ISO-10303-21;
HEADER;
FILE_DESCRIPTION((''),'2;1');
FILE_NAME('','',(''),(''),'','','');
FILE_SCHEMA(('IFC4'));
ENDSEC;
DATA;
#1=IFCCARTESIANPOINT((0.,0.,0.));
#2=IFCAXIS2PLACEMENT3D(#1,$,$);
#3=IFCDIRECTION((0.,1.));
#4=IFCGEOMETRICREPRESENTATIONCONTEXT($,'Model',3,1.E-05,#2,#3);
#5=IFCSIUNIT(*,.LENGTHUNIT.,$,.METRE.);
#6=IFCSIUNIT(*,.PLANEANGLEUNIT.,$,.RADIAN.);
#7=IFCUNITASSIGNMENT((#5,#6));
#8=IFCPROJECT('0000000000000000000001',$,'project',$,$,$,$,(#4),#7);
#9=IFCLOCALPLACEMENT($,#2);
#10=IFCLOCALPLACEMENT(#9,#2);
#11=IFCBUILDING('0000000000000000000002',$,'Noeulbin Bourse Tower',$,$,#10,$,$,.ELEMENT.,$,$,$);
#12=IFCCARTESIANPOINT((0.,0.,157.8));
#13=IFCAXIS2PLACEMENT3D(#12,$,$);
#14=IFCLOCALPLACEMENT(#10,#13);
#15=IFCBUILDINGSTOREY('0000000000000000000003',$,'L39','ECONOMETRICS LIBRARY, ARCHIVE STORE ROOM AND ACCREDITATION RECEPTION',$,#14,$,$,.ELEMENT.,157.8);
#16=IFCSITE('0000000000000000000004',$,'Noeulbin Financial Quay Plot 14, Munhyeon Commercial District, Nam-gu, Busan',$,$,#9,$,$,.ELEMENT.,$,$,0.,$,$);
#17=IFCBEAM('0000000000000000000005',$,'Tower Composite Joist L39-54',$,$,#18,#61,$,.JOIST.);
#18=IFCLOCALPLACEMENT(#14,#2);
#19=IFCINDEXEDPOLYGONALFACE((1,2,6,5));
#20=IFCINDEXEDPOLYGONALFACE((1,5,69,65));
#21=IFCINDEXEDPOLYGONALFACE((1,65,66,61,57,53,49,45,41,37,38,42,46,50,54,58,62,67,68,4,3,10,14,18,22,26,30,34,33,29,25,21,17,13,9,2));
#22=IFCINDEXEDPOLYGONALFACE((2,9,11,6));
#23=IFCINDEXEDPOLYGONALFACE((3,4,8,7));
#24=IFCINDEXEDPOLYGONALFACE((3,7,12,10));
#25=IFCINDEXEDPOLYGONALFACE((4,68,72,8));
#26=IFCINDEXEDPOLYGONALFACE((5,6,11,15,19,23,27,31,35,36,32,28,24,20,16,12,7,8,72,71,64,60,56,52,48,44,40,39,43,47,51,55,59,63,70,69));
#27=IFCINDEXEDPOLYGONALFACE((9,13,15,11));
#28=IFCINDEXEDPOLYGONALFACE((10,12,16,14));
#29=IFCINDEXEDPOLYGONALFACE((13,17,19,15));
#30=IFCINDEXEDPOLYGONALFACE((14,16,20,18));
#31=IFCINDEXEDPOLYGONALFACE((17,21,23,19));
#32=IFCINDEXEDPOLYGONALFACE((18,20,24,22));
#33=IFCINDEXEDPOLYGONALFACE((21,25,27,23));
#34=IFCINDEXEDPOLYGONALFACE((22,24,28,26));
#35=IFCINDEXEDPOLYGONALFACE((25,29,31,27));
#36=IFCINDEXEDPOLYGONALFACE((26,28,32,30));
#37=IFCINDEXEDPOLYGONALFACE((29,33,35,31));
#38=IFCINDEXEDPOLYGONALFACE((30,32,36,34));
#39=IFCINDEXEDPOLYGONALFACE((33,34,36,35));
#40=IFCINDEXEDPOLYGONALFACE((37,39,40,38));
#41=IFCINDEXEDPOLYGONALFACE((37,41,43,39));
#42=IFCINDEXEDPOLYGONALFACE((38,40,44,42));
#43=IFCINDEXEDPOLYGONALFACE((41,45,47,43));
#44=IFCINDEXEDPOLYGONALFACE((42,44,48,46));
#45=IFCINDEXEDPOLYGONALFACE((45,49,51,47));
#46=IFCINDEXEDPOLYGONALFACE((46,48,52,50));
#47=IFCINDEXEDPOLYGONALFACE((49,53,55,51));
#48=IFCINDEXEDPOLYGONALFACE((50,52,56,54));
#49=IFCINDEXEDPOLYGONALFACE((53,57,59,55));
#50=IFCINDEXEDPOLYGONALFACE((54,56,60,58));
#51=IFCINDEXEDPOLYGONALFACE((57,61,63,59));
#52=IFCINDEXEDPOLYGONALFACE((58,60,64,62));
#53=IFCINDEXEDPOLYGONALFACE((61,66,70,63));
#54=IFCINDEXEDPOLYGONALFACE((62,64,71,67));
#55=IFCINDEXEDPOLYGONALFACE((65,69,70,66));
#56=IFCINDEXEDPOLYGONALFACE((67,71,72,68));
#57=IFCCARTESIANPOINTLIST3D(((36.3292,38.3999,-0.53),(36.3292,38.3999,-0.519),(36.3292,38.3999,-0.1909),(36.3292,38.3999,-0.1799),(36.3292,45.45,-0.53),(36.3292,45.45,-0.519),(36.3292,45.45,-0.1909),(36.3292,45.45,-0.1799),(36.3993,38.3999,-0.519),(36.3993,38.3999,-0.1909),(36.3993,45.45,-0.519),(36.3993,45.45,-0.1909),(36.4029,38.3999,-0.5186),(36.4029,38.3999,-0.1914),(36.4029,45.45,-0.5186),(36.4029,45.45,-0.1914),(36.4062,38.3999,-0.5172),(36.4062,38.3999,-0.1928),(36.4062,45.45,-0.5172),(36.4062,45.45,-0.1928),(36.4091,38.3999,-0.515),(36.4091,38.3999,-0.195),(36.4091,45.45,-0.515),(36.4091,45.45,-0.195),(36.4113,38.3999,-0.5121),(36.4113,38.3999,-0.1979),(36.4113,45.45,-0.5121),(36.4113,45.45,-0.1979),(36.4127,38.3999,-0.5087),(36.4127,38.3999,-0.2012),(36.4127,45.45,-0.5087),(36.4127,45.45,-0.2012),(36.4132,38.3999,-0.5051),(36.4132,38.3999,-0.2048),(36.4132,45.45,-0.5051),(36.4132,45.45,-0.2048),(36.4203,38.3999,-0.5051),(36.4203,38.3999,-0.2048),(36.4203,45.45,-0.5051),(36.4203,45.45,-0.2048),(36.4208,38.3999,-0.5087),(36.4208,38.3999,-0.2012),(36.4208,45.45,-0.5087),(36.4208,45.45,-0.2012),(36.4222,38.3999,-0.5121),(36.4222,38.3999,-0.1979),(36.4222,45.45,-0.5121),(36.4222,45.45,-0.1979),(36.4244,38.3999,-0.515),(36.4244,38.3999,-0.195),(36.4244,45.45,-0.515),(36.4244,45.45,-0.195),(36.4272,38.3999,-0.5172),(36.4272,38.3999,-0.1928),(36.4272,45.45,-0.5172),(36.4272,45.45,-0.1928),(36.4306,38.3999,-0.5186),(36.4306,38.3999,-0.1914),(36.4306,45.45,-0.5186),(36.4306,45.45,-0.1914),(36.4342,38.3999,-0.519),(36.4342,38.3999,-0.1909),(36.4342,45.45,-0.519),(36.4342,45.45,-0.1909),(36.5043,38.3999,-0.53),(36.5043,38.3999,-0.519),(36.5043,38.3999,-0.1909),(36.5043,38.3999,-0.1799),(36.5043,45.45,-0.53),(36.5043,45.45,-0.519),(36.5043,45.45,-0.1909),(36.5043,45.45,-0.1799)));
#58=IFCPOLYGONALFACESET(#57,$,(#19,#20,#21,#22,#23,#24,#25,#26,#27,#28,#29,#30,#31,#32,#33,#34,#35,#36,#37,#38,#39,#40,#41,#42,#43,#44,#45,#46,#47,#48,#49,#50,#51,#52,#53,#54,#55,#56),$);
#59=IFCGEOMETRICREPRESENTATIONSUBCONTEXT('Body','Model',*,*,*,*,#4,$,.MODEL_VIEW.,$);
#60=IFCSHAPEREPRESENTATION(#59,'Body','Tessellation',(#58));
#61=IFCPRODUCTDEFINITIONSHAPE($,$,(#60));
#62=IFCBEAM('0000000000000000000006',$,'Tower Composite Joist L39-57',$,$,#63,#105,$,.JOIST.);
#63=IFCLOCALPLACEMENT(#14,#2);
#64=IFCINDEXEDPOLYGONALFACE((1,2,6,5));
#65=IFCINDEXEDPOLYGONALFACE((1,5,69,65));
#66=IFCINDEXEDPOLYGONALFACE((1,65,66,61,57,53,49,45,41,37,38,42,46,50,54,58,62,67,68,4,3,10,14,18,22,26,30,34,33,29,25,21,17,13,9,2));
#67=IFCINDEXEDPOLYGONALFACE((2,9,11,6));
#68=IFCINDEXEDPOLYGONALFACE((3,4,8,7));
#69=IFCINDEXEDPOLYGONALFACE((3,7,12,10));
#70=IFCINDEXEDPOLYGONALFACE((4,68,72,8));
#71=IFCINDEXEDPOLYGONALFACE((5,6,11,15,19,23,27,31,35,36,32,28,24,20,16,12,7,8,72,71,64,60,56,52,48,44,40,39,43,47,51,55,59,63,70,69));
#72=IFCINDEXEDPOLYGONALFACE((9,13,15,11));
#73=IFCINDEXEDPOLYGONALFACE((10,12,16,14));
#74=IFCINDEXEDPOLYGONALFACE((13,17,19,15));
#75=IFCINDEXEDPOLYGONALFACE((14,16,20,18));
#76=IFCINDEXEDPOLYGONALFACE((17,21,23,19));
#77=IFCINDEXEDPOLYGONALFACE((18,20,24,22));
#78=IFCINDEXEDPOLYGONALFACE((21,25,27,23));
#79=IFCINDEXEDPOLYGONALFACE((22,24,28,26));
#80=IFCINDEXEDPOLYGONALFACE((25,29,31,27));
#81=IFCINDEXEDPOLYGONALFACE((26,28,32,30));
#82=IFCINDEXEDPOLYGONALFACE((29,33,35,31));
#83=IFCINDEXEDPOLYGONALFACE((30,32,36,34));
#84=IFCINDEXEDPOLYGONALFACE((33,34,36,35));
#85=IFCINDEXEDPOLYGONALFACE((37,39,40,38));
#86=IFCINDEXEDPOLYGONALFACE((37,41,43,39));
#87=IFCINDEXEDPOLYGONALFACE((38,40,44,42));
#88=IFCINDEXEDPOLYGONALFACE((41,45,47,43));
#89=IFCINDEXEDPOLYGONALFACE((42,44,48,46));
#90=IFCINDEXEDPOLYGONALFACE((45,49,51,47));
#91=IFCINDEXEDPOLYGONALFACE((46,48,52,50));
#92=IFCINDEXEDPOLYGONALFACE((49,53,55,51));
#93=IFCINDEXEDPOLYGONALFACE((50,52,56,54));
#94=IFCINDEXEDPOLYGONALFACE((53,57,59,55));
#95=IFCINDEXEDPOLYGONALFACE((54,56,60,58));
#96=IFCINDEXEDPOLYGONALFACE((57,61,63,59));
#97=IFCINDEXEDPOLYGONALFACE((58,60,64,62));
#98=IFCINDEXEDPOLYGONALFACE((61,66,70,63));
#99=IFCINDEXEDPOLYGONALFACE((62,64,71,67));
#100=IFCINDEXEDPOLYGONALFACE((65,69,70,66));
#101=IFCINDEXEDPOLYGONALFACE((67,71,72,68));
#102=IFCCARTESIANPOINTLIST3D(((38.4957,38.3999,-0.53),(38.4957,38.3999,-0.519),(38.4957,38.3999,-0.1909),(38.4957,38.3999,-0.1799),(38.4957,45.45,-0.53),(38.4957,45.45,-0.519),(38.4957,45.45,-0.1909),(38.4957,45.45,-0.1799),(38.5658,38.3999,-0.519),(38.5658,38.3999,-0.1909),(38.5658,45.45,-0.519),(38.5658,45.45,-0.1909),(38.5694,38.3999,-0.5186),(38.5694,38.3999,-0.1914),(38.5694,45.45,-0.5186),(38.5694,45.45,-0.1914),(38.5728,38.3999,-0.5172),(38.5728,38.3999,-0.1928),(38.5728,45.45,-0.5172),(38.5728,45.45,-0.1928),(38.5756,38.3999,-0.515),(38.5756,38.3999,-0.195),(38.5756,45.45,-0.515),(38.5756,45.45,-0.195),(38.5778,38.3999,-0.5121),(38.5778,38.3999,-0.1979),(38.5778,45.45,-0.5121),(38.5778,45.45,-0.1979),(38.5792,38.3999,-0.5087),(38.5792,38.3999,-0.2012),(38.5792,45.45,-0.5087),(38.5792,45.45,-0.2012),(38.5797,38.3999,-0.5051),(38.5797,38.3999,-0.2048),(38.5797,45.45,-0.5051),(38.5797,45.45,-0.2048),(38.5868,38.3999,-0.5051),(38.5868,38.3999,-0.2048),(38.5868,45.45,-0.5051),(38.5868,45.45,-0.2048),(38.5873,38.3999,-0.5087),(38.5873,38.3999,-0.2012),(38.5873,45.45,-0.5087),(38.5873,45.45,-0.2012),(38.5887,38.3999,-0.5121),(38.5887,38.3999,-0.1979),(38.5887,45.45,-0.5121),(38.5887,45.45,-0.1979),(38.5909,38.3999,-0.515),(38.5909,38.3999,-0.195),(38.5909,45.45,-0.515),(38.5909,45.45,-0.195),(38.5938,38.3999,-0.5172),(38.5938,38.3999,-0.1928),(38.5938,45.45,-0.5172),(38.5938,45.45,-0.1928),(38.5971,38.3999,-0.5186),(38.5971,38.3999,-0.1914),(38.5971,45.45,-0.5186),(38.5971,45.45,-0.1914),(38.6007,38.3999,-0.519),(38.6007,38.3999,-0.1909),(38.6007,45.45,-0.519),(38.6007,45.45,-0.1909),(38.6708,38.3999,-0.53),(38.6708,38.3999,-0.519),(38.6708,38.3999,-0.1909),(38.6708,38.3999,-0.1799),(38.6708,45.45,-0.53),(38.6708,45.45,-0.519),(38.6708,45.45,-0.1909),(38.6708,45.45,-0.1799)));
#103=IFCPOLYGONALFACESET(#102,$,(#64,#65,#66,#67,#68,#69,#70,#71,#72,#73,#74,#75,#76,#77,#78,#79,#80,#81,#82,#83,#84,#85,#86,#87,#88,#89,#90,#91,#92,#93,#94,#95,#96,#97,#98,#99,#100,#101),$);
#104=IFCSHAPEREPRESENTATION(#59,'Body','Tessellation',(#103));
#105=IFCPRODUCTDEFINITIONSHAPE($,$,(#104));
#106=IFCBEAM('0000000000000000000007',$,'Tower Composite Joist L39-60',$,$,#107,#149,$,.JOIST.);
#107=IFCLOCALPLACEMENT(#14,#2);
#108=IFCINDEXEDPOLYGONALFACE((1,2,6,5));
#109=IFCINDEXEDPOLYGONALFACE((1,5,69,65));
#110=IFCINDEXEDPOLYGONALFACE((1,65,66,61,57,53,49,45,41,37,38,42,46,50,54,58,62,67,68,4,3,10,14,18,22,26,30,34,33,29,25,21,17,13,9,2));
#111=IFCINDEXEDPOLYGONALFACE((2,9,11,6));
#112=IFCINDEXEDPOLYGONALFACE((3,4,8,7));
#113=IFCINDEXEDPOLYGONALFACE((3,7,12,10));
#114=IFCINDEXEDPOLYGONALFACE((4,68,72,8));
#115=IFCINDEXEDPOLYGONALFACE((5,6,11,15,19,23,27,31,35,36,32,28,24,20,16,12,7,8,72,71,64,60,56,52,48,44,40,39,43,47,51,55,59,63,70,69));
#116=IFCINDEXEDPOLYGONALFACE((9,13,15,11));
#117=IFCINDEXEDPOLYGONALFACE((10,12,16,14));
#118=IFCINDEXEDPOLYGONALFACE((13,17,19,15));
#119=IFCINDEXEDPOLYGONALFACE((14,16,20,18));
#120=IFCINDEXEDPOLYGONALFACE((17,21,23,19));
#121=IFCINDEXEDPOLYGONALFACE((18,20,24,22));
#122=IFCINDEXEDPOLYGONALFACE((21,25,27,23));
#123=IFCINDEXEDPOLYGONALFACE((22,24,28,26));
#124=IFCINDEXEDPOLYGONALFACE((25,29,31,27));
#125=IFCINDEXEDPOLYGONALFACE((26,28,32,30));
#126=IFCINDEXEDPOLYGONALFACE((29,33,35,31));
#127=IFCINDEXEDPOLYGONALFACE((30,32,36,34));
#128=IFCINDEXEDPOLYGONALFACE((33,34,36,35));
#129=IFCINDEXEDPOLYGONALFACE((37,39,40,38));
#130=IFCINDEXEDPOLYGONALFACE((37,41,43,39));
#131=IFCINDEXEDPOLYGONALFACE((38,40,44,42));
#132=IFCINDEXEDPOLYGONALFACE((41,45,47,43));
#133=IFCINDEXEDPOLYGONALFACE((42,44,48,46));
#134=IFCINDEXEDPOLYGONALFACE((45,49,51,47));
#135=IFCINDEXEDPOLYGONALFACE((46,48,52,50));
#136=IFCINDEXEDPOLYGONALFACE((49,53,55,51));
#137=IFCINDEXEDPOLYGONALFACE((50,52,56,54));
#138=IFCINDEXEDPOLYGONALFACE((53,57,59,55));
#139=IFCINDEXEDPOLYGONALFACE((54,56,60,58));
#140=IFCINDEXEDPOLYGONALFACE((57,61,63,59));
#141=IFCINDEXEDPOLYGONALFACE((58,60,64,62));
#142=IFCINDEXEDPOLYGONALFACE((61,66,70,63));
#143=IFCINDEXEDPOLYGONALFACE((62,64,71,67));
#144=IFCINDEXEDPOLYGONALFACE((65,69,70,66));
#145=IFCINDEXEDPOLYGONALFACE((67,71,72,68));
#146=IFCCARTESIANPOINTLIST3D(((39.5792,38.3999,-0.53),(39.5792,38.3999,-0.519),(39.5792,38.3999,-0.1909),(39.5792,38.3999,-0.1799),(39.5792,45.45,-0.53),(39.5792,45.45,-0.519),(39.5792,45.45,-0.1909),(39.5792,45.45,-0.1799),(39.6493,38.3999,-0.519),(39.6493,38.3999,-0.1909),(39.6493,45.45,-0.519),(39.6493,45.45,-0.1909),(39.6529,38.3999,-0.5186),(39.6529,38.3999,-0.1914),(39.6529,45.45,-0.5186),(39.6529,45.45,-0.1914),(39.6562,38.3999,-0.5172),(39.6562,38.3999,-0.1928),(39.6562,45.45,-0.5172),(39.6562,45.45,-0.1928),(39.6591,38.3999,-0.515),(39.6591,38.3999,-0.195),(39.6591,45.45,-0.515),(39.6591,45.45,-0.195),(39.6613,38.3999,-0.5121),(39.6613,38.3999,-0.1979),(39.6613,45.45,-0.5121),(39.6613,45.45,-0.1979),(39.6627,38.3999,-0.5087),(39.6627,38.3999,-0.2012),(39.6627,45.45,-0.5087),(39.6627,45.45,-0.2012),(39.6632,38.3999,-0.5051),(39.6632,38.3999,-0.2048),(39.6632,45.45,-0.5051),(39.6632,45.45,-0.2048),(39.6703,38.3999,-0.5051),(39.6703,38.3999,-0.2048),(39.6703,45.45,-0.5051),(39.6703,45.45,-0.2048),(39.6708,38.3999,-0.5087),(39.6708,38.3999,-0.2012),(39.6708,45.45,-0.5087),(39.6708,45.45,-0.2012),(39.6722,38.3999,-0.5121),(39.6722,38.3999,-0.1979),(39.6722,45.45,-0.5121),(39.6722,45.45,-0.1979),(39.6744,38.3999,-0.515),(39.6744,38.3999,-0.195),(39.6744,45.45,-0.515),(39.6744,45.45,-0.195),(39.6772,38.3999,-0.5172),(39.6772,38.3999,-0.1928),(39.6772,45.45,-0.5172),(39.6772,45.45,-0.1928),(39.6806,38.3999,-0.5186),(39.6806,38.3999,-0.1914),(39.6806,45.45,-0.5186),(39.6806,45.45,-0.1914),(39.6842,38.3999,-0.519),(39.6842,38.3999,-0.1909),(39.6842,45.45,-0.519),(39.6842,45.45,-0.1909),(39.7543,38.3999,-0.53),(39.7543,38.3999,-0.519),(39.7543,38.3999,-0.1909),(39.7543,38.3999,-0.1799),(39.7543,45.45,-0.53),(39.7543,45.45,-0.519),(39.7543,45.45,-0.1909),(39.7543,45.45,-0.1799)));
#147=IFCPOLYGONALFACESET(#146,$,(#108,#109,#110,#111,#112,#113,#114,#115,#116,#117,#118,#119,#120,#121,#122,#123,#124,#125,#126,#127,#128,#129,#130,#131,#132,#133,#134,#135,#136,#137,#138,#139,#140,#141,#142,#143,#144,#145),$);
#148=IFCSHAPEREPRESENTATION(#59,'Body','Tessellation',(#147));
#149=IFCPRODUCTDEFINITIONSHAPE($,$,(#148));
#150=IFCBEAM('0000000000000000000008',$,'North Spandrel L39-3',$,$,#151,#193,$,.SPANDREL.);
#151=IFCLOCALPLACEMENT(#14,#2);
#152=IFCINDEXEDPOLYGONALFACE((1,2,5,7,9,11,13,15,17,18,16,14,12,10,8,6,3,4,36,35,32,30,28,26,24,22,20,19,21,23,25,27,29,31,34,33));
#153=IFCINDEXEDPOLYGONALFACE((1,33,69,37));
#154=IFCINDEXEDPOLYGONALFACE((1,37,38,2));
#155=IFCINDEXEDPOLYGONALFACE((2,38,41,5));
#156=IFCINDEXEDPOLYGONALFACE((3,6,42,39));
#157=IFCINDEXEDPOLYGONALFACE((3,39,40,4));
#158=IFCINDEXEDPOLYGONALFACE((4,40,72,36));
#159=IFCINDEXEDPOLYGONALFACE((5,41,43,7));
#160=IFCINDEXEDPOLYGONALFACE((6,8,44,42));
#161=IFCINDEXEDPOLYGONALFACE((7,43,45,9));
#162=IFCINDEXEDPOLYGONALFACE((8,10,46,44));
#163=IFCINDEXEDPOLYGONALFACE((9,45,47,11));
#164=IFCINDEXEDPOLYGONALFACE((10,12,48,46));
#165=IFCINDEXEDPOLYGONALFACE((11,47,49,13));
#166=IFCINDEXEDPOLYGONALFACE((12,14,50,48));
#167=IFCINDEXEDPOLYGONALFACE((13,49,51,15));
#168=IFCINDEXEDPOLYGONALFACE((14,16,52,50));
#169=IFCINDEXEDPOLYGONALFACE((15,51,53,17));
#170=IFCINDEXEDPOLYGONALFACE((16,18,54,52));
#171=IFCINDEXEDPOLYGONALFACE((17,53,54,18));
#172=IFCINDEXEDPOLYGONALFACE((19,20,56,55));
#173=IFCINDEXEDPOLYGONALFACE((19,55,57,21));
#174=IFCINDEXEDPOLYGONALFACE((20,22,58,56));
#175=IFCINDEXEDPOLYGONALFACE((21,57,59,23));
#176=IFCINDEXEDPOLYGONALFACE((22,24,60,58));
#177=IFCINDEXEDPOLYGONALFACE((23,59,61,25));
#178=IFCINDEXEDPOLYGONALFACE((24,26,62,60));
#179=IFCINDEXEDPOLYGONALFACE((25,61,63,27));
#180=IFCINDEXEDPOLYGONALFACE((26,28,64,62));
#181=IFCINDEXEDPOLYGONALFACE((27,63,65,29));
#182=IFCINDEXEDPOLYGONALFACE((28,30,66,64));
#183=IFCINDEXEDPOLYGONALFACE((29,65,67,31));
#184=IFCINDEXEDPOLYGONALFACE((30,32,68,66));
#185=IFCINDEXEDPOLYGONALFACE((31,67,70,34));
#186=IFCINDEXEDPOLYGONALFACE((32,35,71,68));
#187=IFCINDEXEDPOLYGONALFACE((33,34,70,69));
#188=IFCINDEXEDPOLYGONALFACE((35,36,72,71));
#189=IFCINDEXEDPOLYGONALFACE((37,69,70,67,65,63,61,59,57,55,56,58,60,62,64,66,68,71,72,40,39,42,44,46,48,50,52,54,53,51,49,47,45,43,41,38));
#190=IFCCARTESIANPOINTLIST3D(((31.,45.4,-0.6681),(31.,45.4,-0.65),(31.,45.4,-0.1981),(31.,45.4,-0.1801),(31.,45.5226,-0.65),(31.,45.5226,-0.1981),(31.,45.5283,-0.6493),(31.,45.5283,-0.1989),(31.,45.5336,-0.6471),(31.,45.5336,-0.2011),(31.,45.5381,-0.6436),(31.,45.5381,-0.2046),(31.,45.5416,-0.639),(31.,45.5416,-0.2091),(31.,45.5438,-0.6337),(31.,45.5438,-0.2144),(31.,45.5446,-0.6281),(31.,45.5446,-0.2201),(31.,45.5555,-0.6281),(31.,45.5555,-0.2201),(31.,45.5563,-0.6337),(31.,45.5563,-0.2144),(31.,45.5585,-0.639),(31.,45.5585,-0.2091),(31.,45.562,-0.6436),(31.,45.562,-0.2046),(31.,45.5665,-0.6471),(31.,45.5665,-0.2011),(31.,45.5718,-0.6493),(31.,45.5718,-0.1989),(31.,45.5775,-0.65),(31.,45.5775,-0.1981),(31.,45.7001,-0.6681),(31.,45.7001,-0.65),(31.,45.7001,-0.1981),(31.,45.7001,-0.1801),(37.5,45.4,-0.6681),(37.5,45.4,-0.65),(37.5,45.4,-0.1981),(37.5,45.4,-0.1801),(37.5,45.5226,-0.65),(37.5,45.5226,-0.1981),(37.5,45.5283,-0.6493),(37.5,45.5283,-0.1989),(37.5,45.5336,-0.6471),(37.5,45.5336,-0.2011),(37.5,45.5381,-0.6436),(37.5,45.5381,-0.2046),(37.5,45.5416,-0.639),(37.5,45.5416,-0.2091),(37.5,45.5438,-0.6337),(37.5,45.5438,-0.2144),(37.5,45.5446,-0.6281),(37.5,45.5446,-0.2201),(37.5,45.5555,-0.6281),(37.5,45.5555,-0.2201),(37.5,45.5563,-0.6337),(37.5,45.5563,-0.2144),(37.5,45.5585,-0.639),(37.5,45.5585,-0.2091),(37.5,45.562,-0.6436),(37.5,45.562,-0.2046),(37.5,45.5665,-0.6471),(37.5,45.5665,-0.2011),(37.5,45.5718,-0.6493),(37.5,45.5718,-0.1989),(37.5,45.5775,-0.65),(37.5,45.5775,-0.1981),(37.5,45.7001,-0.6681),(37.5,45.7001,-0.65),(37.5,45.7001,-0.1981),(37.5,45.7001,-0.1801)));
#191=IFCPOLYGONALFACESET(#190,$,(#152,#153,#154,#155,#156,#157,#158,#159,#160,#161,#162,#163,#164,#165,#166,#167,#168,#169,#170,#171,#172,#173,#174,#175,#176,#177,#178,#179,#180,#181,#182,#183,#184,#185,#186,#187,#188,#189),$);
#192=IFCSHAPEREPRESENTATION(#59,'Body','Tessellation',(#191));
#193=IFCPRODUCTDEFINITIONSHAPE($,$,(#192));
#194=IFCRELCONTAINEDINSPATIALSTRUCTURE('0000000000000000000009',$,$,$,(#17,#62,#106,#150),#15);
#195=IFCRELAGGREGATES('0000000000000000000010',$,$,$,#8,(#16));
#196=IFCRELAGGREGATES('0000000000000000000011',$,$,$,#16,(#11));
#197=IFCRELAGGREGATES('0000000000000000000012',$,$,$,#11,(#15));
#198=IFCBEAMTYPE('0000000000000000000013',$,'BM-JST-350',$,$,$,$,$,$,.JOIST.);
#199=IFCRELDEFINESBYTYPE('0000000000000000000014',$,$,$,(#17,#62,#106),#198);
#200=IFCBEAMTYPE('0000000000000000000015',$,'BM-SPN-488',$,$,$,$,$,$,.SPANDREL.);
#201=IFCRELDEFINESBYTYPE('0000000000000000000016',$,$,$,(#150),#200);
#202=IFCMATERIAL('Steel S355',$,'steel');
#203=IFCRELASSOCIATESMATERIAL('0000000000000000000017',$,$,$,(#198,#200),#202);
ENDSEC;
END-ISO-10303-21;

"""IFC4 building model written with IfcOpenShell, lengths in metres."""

from ifc_helpers import new_model, si_unit, direction, frame, origin, origin_2d, place, context, subcontext, project, spatial, i_section, extrude, material, material_profile, profile_set, type_object, element, save


model = new_model("IFC4")

# Units and contexts
model_context = context("Model", 3, precision=1e-05, world=origin(), true_north=direction((0.0, 1.0)))
body_context = subcontext(model_context, "Body", "Model", "MODEL_VIEW")
ifc_project = project(units=[si_unit("LENGTHUNIT", "METRE"), si_unit("PLANEANGLEUNIT", "RADIAN")], contexts=[model_context])

# Site, building, storey
site_placement = place(None, origin())
site = spatial("IfcSite", under=ifc_project, at=site_placement, Name="Noeulbin Financial Quay Plot 14, Munhyeon Commercial District, Nam-gu, Busan", CompositionType="ELEMENT", RefElevation=0.0)
building_placement = place(site_placement, origin())
building = spatial("IfcBuilding", under=site, at=building_placement, Name="Noeulbin Bourse Tower", CompositionType="ELEMENT")
storey_placement = place(building_placement, frame((0.0, 0.0, 157.8)))
storey = spatial("IfcBuildingStorey", under=building, at=storey_placement, Name="L39", Description="ECONOMETRICS LIBRARY, ARCHIVE STORE ROOM AND ACCREDITATION RECEPTION", CompositionType="ELEMENT", Elevation=157.8)

# Shared definitions
ifc_material_1 = material(Name="Steel S355", Category="steel")

# Beams
ifc_material_profile_1 = material_profile(ifc_material_1, i_section(OverallWidth=0.175, OverallDepth=0.3501, WebThickness=0.0071, FlangeThickness=0.011, FilletRadius=0.0139, at=origin_2d()), Name="H-350x175x7x11", Category="LoadBearing")
ifc_profile_set_1 = profile_set([ifc_material_profile_1], Name="Steel S355")
beam_type_1 = type_object("IfcBeamType", Name="BM-JST-350", PredefinedType="JOIST", material=ifc_profile_set_1)
for number, where, z_axis, x_axis, name in (
    (1, (36.4167, 38.3999, -0.355), (0.0, 1.0, 0.0), (-1.0, 0.0, 0.0), "Tower Composite Joist L39-54"),
    (2, (38.5833, 38.3999, -0.355), (0.0, 1.0, 0.0), (-1.0, 0.0, 0.0), "Tower Composite Joist L39-57"),
    (3, (39.6667, 38.3999, -0.355), (0.0, 1.0, 0.0), (-1.0, 0.0, 0.0), "Tower Composite Joist L39-60"),
):
    element("IfcBeam", number, at=place(storey_placement, frame(where, z_axis=z_axis, x_axis=x_axis)), inside=storey, type_object=beam_type_1, Name=name, PredefinedType="JOIST", context=body_context, shape_type="SweptSolid", body=[
        extrude(i_section(OverallWidth=0.175, OverallDepth=0.3501, WebThickness=0.0071, FlangeThickness=0.011, FilletRadius=0.0139, at=origin_2d()), origin(), (0.0, 0.0, 1.0), 7.05),
    ])
ifc_material_profile_2 = material_profile(ifc_material_1, i_section(OverallWidth=0.3, OverallDepth=0.488, WebThickness=0.011, FlangeThickness=0.0181, FilletRadius=0.022, at=origin_2d()), Name="H-488x300x11x18", Category="LoadBearing")
ifc_profile_set_2 = profile_set([ifc_material_profile_2], Name="Steel S355")
beam_type_2 = type_object("IfcBeamType", Name="BM-SPN-488", PredefinedType="SPANDREL", material=ifc_profile_set_2)
for number, where, z_axis, x_axis, name in (
    (4, (31.0, 45.55, -0.4241), (1.0, 0.0, 0.0), (0.0, 1.0, 0.0), "North Spandrel L39-3"),
):
    element("IfcBeam", number, at=place(storey_placement, frame(where, z_axis=z_axis, x_axis=x_axis)), inside=storey, type_object=beam_type_2, Name=name, PredefinedType="SPANDREL", context=body_context, shape_type="SweptSolid", body=[
        extrude(i_section(OverallWidth=0.3, OverallDepth=0.488, WebThickness=0.011, FlangeThickness=0.0181, FilletRadius=0.022, at=origin_2d()), origin(), (0.0, 0.0, 1.0), 6.5),
    ])

save(model, "model.ifc")
